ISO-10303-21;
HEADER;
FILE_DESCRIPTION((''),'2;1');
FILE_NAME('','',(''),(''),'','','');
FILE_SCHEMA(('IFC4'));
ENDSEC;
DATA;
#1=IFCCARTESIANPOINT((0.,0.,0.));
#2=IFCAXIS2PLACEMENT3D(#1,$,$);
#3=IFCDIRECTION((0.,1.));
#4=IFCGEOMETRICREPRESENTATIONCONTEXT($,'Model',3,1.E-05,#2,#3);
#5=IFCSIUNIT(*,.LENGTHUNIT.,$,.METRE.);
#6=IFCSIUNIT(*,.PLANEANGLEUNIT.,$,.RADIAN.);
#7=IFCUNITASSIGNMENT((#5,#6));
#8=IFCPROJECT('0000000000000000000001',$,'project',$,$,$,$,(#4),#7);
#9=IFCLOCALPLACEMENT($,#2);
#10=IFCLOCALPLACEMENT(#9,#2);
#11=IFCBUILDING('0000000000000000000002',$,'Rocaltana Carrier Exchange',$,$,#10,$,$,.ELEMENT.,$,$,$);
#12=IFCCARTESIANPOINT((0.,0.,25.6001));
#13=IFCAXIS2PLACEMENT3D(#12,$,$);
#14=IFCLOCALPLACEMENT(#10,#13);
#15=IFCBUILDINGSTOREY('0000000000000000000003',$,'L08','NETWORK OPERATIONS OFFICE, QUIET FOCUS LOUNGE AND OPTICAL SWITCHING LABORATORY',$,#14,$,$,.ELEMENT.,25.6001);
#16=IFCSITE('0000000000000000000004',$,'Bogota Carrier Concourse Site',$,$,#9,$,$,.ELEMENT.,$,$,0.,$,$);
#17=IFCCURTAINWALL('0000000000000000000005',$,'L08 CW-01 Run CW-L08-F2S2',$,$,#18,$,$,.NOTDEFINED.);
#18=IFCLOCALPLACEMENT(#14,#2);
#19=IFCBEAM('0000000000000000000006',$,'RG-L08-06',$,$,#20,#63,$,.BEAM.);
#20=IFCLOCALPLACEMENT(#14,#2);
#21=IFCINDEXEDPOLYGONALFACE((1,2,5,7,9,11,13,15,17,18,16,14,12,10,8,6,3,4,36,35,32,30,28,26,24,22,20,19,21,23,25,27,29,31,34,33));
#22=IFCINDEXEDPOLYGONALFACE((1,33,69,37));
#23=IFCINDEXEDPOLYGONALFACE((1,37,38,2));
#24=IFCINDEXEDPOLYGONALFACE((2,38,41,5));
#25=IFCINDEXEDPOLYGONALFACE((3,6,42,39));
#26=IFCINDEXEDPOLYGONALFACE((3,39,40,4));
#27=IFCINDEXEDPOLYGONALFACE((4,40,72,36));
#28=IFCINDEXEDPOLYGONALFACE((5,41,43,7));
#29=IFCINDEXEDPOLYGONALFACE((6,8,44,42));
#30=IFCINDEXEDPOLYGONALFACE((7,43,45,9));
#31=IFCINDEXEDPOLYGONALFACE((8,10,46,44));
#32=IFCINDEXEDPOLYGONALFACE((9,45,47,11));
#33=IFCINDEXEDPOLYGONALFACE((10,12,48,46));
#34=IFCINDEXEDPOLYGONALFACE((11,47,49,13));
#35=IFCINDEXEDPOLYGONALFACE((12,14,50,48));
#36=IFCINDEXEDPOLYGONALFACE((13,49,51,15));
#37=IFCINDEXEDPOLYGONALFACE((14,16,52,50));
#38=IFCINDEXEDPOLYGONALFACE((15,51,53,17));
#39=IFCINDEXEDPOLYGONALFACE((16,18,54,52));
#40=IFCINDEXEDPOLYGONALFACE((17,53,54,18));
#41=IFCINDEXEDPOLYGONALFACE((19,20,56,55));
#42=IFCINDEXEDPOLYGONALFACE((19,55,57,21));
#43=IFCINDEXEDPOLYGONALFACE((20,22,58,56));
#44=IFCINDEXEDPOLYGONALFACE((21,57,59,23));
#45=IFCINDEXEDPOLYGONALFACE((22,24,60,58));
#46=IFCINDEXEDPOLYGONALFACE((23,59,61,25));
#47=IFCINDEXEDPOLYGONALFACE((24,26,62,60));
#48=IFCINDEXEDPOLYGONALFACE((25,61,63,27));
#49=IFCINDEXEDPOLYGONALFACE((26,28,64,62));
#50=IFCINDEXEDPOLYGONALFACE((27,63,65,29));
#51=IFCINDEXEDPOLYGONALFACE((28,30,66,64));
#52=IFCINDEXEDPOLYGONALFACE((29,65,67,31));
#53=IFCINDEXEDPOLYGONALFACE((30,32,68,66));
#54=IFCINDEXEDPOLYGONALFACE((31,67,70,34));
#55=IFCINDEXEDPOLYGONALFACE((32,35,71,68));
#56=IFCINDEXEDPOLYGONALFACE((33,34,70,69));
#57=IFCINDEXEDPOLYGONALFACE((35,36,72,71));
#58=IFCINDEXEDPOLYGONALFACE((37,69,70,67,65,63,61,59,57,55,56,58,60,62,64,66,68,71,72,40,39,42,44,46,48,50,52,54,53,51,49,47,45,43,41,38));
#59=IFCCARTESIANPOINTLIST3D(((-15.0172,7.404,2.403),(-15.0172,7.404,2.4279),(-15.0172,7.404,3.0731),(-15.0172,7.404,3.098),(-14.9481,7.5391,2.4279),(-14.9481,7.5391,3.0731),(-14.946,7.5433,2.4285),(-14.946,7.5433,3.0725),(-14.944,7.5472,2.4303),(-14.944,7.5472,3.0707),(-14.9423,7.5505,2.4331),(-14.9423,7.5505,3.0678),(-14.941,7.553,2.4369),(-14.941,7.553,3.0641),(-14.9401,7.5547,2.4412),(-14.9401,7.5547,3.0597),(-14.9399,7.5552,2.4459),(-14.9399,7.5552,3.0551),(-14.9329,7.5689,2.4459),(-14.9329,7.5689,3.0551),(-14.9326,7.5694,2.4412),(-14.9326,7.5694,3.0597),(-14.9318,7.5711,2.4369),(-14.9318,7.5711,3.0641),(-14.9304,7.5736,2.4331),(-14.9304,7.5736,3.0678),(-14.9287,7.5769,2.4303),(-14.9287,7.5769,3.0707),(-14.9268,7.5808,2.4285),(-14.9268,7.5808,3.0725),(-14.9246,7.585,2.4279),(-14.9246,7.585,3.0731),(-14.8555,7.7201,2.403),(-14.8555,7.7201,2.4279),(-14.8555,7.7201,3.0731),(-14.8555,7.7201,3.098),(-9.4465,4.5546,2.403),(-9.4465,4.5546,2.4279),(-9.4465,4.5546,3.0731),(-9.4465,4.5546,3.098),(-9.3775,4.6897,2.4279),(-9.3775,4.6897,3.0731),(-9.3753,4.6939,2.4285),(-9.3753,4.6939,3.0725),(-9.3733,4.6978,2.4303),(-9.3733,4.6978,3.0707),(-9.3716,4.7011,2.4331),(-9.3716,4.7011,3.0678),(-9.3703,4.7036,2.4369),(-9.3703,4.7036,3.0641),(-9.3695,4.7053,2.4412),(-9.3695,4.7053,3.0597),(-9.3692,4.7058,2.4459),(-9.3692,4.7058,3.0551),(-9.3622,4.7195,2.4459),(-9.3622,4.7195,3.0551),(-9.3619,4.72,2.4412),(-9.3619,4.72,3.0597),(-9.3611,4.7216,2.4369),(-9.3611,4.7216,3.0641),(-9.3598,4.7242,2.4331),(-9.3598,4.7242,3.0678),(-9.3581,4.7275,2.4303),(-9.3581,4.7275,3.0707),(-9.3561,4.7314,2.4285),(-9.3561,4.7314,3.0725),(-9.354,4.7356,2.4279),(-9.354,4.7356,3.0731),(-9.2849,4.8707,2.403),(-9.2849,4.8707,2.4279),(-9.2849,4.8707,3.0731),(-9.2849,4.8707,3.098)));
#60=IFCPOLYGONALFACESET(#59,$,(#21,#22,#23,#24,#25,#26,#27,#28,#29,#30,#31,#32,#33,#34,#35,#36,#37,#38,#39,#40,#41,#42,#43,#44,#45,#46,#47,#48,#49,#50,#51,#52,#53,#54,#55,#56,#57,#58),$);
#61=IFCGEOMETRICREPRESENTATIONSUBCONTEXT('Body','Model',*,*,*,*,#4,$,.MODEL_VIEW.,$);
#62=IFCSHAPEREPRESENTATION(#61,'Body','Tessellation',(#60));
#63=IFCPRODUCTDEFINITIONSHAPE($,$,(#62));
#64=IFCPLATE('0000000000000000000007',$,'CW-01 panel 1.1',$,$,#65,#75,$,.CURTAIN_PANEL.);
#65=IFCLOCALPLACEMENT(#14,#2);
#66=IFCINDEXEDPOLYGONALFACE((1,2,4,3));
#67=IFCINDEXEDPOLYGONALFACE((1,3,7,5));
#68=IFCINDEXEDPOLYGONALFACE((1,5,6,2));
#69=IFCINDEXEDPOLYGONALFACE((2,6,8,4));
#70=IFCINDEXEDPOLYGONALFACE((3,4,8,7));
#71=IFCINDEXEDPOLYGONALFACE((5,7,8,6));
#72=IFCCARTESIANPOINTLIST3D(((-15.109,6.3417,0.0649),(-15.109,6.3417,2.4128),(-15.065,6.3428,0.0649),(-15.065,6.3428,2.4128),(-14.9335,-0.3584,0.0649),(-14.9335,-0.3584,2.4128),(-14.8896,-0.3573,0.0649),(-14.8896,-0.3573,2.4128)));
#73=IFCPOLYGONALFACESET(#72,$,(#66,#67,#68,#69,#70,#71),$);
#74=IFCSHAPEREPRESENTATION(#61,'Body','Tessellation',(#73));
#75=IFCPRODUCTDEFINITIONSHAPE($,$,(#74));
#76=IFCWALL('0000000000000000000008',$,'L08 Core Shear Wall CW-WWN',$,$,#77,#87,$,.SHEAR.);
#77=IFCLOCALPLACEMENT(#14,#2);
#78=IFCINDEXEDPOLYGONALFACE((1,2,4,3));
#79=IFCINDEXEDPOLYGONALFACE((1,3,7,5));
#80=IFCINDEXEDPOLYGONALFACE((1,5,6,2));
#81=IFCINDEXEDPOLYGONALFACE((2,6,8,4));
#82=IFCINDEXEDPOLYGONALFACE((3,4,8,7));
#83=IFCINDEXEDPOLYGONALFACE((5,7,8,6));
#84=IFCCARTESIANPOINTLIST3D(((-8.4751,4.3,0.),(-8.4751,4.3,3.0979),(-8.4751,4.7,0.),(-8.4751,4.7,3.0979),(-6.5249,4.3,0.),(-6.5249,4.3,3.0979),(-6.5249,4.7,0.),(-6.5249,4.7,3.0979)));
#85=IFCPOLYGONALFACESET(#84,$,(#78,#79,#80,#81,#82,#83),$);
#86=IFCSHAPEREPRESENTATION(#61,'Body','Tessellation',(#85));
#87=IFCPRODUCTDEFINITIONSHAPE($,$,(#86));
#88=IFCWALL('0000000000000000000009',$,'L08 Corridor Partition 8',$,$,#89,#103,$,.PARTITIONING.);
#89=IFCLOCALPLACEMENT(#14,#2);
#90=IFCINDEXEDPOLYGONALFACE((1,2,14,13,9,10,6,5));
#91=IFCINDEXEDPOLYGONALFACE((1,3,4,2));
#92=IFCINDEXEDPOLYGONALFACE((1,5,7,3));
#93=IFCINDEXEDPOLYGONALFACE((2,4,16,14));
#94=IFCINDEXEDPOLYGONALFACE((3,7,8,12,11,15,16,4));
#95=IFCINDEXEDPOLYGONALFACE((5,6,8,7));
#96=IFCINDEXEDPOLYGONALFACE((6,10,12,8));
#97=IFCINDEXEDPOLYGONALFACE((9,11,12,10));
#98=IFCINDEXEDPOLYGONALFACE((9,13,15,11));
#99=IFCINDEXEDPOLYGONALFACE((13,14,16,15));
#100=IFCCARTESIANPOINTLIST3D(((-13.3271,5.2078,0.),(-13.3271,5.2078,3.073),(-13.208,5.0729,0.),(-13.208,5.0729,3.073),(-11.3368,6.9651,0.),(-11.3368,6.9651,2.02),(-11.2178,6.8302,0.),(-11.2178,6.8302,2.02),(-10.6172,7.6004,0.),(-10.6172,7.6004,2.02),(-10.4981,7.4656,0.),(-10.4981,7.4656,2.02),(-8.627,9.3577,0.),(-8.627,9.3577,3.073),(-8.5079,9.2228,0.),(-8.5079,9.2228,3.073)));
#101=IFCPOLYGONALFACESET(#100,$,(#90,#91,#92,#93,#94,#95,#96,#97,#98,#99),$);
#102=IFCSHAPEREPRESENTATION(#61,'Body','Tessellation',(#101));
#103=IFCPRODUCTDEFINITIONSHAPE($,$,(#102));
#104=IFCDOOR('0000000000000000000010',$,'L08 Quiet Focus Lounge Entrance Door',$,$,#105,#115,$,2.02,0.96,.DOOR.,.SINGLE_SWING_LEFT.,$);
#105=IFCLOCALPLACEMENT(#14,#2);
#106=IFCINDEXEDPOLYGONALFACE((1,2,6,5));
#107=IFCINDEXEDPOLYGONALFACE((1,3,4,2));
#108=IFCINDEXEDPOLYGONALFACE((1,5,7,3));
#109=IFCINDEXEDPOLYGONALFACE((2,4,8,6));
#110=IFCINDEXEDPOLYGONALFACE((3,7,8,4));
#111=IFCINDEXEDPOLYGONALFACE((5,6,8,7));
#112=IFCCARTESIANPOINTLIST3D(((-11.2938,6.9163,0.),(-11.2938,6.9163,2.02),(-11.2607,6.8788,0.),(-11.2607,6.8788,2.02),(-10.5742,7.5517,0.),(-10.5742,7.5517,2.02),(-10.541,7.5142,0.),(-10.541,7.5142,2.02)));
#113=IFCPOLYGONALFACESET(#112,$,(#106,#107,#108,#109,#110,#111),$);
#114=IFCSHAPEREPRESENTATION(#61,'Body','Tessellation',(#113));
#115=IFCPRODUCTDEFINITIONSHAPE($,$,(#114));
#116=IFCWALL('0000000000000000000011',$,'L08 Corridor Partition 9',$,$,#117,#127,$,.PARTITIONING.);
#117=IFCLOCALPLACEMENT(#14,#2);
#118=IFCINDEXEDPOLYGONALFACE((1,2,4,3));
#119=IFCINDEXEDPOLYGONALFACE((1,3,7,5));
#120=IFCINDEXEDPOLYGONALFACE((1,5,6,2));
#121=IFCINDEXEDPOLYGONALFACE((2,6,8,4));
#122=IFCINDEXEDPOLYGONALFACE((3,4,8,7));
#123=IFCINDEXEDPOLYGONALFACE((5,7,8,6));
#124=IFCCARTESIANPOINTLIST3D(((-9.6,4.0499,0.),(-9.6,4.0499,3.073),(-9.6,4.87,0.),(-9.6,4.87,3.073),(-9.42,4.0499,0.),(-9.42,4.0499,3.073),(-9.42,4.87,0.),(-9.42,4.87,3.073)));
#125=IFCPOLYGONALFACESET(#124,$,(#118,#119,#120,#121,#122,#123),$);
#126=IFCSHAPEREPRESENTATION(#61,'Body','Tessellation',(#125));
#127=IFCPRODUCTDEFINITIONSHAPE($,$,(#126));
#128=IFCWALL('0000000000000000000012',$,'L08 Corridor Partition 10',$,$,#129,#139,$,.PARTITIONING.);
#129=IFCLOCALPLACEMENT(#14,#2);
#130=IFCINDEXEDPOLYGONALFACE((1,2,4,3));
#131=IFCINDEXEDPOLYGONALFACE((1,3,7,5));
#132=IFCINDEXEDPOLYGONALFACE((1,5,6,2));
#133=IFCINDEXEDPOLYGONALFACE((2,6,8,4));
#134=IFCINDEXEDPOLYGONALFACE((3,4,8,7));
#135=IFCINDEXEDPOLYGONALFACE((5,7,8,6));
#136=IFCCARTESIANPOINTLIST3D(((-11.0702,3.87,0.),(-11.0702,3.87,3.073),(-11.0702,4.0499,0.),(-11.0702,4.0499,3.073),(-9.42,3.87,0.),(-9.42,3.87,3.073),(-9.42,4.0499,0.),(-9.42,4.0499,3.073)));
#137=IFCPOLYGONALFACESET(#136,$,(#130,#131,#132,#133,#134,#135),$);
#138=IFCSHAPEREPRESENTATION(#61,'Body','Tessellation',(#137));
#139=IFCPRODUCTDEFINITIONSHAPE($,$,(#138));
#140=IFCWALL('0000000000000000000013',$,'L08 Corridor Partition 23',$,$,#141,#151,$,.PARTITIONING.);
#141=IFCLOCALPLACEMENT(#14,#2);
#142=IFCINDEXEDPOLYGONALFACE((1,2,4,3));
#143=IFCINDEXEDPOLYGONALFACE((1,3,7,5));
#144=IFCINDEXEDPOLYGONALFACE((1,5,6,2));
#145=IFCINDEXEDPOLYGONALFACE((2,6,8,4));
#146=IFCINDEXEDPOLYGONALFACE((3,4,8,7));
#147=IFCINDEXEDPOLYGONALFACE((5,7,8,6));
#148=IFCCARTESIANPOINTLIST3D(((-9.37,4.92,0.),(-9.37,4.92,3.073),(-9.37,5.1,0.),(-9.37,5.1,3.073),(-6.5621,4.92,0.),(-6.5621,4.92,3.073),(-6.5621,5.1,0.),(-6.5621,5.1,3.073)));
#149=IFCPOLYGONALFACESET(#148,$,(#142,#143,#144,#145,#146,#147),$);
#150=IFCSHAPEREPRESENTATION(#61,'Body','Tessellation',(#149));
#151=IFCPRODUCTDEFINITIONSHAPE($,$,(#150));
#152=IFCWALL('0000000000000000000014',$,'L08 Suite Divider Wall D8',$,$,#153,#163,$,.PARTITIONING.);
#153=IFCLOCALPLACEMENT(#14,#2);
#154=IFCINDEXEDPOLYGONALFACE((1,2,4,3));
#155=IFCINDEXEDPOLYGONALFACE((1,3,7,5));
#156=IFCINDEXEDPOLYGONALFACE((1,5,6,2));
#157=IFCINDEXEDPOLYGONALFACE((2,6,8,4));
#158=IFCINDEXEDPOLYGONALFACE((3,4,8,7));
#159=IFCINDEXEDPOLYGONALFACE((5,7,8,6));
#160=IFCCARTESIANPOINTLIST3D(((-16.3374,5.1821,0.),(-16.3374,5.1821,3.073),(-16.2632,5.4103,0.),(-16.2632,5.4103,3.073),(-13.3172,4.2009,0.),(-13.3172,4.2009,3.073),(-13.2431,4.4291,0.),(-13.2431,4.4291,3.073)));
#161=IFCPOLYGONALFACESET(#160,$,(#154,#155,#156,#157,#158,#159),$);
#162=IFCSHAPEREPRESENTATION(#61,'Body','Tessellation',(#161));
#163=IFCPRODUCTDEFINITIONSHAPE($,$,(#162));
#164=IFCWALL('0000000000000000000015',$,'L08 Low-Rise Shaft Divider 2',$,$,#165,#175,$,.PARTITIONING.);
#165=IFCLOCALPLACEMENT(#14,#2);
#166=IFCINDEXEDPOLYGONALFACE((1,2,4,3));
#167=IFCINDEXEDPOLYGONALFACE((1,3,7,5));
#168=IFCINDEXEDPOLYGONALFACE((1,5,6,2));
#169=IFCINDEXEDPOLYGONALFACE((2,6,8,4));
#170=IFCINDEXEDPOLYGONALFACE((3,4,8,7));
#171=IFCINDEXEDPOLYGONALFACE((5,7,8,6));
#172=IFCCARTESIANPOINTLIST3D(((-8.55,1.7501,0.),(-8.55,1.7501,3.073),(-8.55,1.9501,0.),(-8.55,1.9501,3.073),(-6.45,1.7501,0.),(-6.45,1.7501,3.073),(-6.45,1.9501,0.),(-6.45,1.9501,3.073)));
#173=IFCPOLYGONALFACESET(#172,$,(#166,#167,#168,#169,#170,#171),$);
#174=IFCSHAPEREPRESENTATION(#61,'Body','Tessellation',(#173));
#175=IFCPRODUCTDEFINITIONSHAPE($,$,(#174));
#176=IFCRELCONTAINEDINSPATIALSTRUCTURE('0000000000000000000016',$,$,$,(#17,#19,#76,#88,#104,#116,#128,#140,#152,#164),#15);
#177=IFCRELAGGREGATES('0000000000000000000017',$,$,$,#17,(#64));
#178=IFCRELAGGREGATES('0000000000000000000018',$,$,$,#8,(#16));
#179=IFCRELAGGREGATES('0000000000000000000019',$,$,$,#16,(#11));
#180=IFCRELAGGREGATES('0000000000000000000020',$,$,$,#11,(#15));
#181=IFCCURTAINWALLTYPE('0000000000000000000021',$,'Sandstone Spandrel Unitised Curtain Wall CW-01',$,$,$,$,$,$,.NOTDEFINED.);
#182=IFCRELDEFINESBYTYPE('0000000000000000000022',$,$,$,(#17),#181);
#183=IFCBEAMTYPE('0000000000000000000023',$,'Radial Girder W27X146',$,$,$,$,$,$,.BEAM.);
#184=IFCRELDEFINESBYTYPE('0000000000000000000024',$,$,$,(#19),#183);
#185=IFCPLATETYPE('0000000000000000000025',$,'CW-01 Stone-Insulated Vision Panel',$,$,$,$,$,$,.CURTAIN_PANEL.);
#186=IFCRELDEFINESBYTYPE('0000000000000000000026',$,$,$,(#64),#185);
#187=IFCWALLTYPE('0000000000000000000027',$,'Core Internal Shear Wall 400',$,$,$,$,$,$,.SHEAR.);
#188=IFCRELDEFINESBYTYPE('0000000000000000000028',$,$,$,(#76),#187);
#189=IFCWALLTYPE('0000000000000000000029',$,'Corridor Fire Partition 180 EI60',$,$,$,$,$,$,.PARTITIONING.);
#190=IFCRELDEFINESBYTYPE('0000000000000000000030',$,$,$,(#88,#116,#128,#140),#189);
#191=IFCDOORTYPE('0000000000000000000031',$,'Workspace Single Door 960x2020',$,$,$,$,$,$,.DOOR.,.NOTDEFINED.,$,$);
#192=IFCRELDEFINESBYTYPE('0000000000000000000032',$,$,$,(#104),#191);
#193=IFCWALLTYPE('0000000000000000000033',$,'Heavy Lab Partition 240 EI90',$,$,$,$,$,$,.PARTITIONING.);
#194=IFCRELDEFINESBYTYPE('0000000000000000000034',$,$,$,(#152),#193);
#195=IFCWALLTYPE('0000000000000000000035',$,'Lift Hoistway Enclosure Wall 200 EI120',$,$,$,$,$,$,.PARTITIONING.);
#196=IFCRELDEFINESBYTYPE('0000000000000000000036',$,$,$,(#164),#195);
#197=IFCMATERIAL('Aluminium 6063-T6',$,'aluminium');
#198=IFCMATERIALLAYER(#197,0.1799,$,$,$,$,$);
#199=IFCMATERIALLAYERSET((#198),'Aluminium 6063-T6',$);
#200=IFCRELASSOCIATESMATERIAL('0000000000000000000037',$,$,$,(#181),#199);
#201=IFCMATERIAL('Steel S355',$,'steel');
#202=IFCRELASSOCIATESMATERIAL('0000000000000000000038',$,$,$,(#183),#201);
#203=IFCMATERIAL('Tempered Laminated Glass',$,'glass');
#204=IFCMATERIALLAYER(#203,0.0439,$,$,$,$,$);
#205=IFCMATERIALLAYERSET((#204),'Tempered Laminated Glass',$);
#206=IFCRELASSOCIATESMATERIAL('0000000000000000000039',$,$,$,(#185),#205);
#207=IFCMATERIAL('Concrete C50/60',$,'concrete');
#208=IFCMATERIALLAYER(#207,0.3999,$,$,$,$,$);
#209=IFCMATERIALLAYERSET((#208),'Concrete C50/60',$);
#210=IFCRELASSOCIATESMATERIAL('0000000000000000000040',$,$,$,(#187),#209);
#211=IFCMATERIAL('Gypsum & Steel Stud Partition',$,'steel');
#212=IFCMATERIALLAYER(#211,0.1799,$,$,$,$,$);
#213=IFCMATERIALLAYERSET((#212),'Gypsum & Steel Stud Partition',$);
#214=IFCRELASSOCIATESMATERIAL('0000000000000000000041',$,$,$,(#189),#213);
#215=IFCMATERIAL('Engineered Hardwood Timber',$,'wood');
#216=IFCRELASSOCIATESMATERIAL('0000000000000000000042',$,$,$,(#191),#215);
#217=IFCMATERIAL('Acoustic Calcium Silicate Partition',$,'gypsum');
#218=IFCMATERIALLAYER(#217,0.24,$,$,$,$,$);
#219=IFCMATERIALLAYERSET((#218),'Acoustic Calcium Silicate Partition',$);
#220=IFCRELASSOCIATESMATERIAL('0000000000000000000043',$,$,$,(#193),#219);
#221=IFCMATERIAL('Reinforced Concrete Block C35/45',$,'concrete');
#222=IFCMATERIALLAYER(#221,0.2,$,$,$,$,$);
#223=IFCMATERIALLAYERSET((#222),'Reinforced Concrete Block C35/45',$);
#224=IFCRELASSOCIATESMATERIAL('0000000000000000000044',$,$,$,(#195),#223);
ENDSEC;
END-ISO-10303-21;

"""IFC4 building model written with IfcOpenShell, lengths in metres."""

from ifc_helpers import new_model, si_unit, direction, frame, frame_2d, origin, origin_2d, place, context, subcontext, project, spatial, rectangle, i_section, extrude, material, layer, layer_set, material_profile, profile_set, type_object, element, fill, aggregate, save


model = new_model("IFC4")

# Units and contexts
model_context = context("Model", 3, precision=1e-05, world=origin(), true_north=direction((0.0, 1.0)))
body_context = subcontext(model_context, "Body", "Model", "MODEL_VIEW")
ifc_project = project(units=[si_unit("LENGTHUNIT", "METRE"), si_unit("PLANEANGLEUNIT", "RADIAN")], contexts=[model_context])

# Site, building, storey
site_placement = place(None, origin())
site = spatial("IfcSite", under=ifc_project, at=site_placement, Name="Bogota Carrier Concourse Site", CompositionType="ELEMENT", RefElevation=0.0)
building_placement = place(site_placement, origin())
building = spatial("IfcBuilding", under=site, at=building_placement, Name="Rocaltana Carrier Exchange", CompositionType="ELEMENT")
storey_placement = place(building_placement, frame((0.0, 0.0, 25.6001)))
storey = spatial("IfcBuildingStorey", under=building, at=storey_placement, Name="L08", Description="NETWORK OPERATIONS OFFICE, QUIET FOCUS LOUNGE AND OPTICAL SWITCHING LABORATORY", CompositionType="ELEMENT", Elevation=25.6001)

# Curtain wall
ifc_material_1 = material(Name="Aluminium 6063-T6", Category="aluminium")
ifc_layer_1 = layer(ifc_material_1, 0.1799)
ifc_layer_set_1 = layer_set([ifc_layer_1], Name="Aluminium 6063-T6")
curtain_wall_type = type_object("IfcCurtainWallType", Name="Sandstone Spandrel Unitised Curtain Wall CW-01", PredefinedType="NOTDEFINED", material=ifc_layer_set_1)
curtain_wall_placement = place(storey_placement, origin())
curtain_wall = element("IfcCurtainWall", 1, at=curtain_wall_placement, inside=storey, type_object=curtain_wall_type, Name="L08 CW-01 Run CW-L08-F2S2", PredefinedType="NOTDEFINED")

# Beam
ifc_material_2 = material(Name="Steel S355", Category="steel")
ifc_material_profile_1 = material_profile(ifc_material_2, i_section(OverallWidth=0.355, OverallDepth=0.6951, WebThickness=0.0154, FlangeThickness=0.0249, FilletRadius=0.0181, at=origin_2d()), Name="W27X146")
ifc_profile_set_1 = profile_set([ifc_material_profile_1], Name="Steel S355")
beam_type_1 = type_object("IfcBeamType", Name="Radial Girder W27X146", PredefinedType="BEAM", material=ifc_profile_set_1)
beam_1_placement = place(storey_placement, frame((-9.3657, 4.7126, 2.7505), z_axis=(-0.890293, 0.455389, 0.0), x_axis=(-0.455389, -0.890293, 0.0)))
element("IfcBeam", 2, at=beam_1_placement, inside=storey, type_object=beam_type_1, Name="RG-L08-06", PredefinedType="BEAM", context=body_context, shape_type="SweptSolid", body=[
    extrude(i_section(OverallWidth=0.355, OverallDepth=0.6951, WebThickness=0.0154, FlangeThickness=0.0249, FilletRadius=0.0181, at=origin_2d()), origin(), (0.0, 0.0, 1.0), 6.2571),
])

# Plate
ifc_material_3 = material(Name="Tempered Laminated Glass", Category="glass")
ifc_layer_2 = layer(ifc_material_3, 0.0439)
ifc_layer_set_2 = layer_set([ifc_layer_2], Name="Tempered Laminated Glass")
plate_type = type_object("IfcPlateType", Name="CW-01 Stone-Insulated Vision Panel", PredefinedType="CURTAIN_PANEL", material=ifc_layer_set_2)
plate_placement = place(storey_placement, frame((-14.9993, 2.9922, 0.0649), z_axis=(0.0, 0.0, 1.0), x_axis=(0.026177, -0.999657, 0.0)))
plate = element("IfcPlate", 3, at=plate_placement, type_object=plate_type, Name="CW-01 panel 1.1", PredefinedType="CURTAIN_PANEL", context=body_context, shape_type="SweptSolid", body=[
    extrude(rectangle(XDim=6.7024, YDim=0.0439, at=origin_2d()), origin(), (0.0, 0.0, 1.0), 2.3479),
])
aggregate(curtain_wall, [plate])

# Wall
ifc_material_4 = material(Name="Concrete C50/60", Category="concrete")
ifc_layer_3 = layer(ifc_material_4, 0.3999)
ifc_layer_set_3 = layer_set([ifc_layer_3], Name="Concrete C50/60")
wall_type_1 = type_object("IfcWallType", Name="Core Internal Shear Wall 400", PredefinedType="SHEAR", material=ifc_layer_set_3)
wall_1_placement = place(storey_placement, frame((-8.4751, 4.5, 0.0), z_axis=(0.0, 0.0, 1.0), x_axis=(1.0, 0.0, 0.0)))
element("IfcWall", 4, at=wall_1_placement, inside=storey, type_object=wall_type_1, Name="L08 Core Shear Wall CW-WWN", PredefinedType="SHEAR", context=body_context, shape_type="SweptSolid", body=[
    extrude(rectangle(XDim=1.9502, YDim=0.3999, at=frame_2d((0.9751, 0.0))), origin(), (0.0, 0.0, 1.0), 3.0979),
])

# Wall, opening, door
ifc_material_5 = material(Name="Gypsum & Steel Stud Partition", Category="steel")
ifc_layer_4 = layer(ifc_material_5, 0.1799)
ifc_layer_set_4 = layer_set([ifc_layer_4], Name="Gypsum & Steel Stud Partition")
wall_type_2 = type_object("IfcWallType", Name="Corridor Fire Partition 180 EI60", PredefinedType="PARTITIONING", material=ifc_layer_set_4)
wall_2_placement = place(storey_placement, frame((-13.2676, 5.1404, 0.0), z_axis=(0.0, 0.0, 1.0), x_axis=(0.749626, 0.661861, 0.0)))
wall_2 = element("IfcWall", 5, at=wall_2_placement, inside=storey, type_object=wall_type_2, Name="L08 Corridor Partition 8", PredefinedType="PARTITIONING", context=body_context, shape_type="SweptSolid", body=[
    extrude(rectangle(XDim=6.27, YDim=0.1799, at=frame_2d((3.135, 0.0))), origin(), (0.0, 0.0, 1.0), 3.073),
])
opening_placement = place(wall_2_placement, frame((2.655, 0.0, 0.0)))
opening = element("IfcOpeningElement", 6, at=opening_placement, cuts=wall_2, PredefinedType="OPENING", context=body_context, shape_type="SweptSolid", body=[
    extrude(rectangle(XDim=0.96, YDim=2.02, at=frame_2d((0.48, 1.01))), frame((0.0, 0.0999, 0.0), z_axis=(0.0, -1.0, 0.0), x_axis=(1.0, 0.0, 0.0)), (0.0, 0.0, 1.0), 0.2),
])
ifc_material_6 = material(Name="Engineered Hardwood Timber", Category="wood")
door_type = type_object("IfcDoorType", Name="Workspace Single Door 960x2020", OperationType="NOTDEFINED", PredefinedType="DOOR", material=ifc_material_6)
door_placement = place(opening_placement, origin())
door = element("IfcDoor", 7, at=door_placement, inside=storey, type_object=door_type, Name="L08 Quiet Focus Lounge Entrance Door", OperationType="SINGLE_SWING_LEFT", OverallHeight=2.02, OverallWidth=0.96, PredefinedType="DOOR", context=body_context, shape_type="SweptSolid", body=[
    extrude(rectangle(XDim=0.96, YDim=2.02, at=frame_2d((0.48, 1.01))), frame((0.0, 0.0249, 0.0), z_axis=(0.0, -1.0, 0.0), x_axis=(1.0, 0.0, 0.0)), (0.0, 0.0, 1.0), 0.05),
])
fill(opening, door)

# Walls
wall_3_placement = place(storey_placement, frame((-9.51, 4.8701, 0.0), z_axis=(0.0, 0.0, 1.0), x_axis=(0.0, -1.0, 0.0)))
element("IfcWall", 8, at=wall_3_placement, inside=storey, type_object=wall_type_2, Name="L08 Corridor Partition 9", PredefinedType="PARTITIONING", context=body_context, shape_type="SweptSolid", body=[
    extrude(rectangle(XDim=0.8201, YDim=0.1799, at=frame_2d((0.4102, 0.0))), origin(), (0.0, 0.0, 1.0), 3.073),
])
wall_4_placement = place(storey_placement, frame((-9.4199, 3.96, 0.0), z_axis=(0.0, 0.0, 1.0), x_axis=(-1.0, 0.0, 0.0)))
element("IfcWall", 9, at=wall_4_placement, inside=storey, type_object=wall_type_2, Name="L08 Corridor Partition 10", PredefinedType="PARTITIONING", context=body_context, shape_type="SweptSolid", body=[
    extrude(rectangle(XDim=1.6501, YDim=0.1799, at=frame_2d((0.8252, 0.0))), origin(), (0.0, 0.0, 1.0), 3.073),
])
wall_5_placement = place(storey_placement, frame((-6.5623, 5.01, 0.0), z_axis=(0.0, 0.0, 1.0), x_axis=(-1.0, 0.0, 0.0)))
element("IfcWall", 10, at=wall_5_placement, inside=storey, type_object=wall_type_2, Name="L08 Corridor Partition 23", PredefinedType="PARTITIONING", context=body_context, shape_type="SweptSolid", body=[
    extrude(rectangle(XDim=2.8079, YDim=0.1799, at=frame_2d((1.4038, 0.0))), origin(), (0.0, 0.0, 1.0), 3.073),
])
ifc_material_7 = material(Name="Acoustic Calcium Silicate Partition", Category="gypsum")
ifc_layer_5 = layer(ifc_material_7, 0.24)
ifc_layer_set_5 = layer_set([ifc_layer_5], Name="Acoustic Calcium Silicate Partition")
wall_type_3 = type_object("IfcWallType", Name="Heavy Lab Partition 240 EI90", PredefinedType="PARTITIONING", material=ifc_layer_set_5)
wall_6_placement = place(storey_placement, frame((-13.28, 4.3149, 0.0), z_axis=(0.0, 0.0, 1.0), x_axis=(-0.951062, 0.308999, 0.0)))
element("IfcWall", 11, at=wall_6_placement, inside=storey, type_object=wall_type_3, Name="L08 Suite Divider Wall D8", PredefinedType="PARTITIONING", context=body_context, shape_type="SweptSolid", body=[
    extrude(rectangle(XDim=3.1755, YDim=0.24, at=frame_2d((1.5879, 0.0))), origin(), (0.0, 0.0, 1.0), 3.073),
])
ifc_material_8 = material(Name="Reinforced Concrete Block C35/45", Category="concrete")
ifc_layer_6 = layer(ifc_material_8, 0.2)
ifc_layer_set_6 = layer_set([ifc_layer_6], Name="Reinforced Concrete Block C35/45")
wall_type_4 = type_object("IfcWallType", Name="Lift Hoistway Enclosure Wall 200 EI120", PredefinedType="PARTITIONING", material=ifc_layer_set_6)
wall_7_placement = place(storey_placement, frame((-8.55, 1.8501, 0.0), z_axis=(0.0, 0.0, 1.0), x_axis=(1.0, 0.0, 0.0)))
element("IfcWall", 12, at=wall_7_placement, inside=storey, type_object=wall_type_4, Name="L08 Low-Rise Shaft Divider 2", PredefinedType="PARTITIONING", context=body_context, shape_type="SweptSolid", body=[
    extrude(rectangle(XDim=2.1001, YDim=0.2, at=frame_2d((1.05, 0.0))), origin(), (0.0, 0.0, 1.0), 3.073),
])

save(model, "model.ifc")
